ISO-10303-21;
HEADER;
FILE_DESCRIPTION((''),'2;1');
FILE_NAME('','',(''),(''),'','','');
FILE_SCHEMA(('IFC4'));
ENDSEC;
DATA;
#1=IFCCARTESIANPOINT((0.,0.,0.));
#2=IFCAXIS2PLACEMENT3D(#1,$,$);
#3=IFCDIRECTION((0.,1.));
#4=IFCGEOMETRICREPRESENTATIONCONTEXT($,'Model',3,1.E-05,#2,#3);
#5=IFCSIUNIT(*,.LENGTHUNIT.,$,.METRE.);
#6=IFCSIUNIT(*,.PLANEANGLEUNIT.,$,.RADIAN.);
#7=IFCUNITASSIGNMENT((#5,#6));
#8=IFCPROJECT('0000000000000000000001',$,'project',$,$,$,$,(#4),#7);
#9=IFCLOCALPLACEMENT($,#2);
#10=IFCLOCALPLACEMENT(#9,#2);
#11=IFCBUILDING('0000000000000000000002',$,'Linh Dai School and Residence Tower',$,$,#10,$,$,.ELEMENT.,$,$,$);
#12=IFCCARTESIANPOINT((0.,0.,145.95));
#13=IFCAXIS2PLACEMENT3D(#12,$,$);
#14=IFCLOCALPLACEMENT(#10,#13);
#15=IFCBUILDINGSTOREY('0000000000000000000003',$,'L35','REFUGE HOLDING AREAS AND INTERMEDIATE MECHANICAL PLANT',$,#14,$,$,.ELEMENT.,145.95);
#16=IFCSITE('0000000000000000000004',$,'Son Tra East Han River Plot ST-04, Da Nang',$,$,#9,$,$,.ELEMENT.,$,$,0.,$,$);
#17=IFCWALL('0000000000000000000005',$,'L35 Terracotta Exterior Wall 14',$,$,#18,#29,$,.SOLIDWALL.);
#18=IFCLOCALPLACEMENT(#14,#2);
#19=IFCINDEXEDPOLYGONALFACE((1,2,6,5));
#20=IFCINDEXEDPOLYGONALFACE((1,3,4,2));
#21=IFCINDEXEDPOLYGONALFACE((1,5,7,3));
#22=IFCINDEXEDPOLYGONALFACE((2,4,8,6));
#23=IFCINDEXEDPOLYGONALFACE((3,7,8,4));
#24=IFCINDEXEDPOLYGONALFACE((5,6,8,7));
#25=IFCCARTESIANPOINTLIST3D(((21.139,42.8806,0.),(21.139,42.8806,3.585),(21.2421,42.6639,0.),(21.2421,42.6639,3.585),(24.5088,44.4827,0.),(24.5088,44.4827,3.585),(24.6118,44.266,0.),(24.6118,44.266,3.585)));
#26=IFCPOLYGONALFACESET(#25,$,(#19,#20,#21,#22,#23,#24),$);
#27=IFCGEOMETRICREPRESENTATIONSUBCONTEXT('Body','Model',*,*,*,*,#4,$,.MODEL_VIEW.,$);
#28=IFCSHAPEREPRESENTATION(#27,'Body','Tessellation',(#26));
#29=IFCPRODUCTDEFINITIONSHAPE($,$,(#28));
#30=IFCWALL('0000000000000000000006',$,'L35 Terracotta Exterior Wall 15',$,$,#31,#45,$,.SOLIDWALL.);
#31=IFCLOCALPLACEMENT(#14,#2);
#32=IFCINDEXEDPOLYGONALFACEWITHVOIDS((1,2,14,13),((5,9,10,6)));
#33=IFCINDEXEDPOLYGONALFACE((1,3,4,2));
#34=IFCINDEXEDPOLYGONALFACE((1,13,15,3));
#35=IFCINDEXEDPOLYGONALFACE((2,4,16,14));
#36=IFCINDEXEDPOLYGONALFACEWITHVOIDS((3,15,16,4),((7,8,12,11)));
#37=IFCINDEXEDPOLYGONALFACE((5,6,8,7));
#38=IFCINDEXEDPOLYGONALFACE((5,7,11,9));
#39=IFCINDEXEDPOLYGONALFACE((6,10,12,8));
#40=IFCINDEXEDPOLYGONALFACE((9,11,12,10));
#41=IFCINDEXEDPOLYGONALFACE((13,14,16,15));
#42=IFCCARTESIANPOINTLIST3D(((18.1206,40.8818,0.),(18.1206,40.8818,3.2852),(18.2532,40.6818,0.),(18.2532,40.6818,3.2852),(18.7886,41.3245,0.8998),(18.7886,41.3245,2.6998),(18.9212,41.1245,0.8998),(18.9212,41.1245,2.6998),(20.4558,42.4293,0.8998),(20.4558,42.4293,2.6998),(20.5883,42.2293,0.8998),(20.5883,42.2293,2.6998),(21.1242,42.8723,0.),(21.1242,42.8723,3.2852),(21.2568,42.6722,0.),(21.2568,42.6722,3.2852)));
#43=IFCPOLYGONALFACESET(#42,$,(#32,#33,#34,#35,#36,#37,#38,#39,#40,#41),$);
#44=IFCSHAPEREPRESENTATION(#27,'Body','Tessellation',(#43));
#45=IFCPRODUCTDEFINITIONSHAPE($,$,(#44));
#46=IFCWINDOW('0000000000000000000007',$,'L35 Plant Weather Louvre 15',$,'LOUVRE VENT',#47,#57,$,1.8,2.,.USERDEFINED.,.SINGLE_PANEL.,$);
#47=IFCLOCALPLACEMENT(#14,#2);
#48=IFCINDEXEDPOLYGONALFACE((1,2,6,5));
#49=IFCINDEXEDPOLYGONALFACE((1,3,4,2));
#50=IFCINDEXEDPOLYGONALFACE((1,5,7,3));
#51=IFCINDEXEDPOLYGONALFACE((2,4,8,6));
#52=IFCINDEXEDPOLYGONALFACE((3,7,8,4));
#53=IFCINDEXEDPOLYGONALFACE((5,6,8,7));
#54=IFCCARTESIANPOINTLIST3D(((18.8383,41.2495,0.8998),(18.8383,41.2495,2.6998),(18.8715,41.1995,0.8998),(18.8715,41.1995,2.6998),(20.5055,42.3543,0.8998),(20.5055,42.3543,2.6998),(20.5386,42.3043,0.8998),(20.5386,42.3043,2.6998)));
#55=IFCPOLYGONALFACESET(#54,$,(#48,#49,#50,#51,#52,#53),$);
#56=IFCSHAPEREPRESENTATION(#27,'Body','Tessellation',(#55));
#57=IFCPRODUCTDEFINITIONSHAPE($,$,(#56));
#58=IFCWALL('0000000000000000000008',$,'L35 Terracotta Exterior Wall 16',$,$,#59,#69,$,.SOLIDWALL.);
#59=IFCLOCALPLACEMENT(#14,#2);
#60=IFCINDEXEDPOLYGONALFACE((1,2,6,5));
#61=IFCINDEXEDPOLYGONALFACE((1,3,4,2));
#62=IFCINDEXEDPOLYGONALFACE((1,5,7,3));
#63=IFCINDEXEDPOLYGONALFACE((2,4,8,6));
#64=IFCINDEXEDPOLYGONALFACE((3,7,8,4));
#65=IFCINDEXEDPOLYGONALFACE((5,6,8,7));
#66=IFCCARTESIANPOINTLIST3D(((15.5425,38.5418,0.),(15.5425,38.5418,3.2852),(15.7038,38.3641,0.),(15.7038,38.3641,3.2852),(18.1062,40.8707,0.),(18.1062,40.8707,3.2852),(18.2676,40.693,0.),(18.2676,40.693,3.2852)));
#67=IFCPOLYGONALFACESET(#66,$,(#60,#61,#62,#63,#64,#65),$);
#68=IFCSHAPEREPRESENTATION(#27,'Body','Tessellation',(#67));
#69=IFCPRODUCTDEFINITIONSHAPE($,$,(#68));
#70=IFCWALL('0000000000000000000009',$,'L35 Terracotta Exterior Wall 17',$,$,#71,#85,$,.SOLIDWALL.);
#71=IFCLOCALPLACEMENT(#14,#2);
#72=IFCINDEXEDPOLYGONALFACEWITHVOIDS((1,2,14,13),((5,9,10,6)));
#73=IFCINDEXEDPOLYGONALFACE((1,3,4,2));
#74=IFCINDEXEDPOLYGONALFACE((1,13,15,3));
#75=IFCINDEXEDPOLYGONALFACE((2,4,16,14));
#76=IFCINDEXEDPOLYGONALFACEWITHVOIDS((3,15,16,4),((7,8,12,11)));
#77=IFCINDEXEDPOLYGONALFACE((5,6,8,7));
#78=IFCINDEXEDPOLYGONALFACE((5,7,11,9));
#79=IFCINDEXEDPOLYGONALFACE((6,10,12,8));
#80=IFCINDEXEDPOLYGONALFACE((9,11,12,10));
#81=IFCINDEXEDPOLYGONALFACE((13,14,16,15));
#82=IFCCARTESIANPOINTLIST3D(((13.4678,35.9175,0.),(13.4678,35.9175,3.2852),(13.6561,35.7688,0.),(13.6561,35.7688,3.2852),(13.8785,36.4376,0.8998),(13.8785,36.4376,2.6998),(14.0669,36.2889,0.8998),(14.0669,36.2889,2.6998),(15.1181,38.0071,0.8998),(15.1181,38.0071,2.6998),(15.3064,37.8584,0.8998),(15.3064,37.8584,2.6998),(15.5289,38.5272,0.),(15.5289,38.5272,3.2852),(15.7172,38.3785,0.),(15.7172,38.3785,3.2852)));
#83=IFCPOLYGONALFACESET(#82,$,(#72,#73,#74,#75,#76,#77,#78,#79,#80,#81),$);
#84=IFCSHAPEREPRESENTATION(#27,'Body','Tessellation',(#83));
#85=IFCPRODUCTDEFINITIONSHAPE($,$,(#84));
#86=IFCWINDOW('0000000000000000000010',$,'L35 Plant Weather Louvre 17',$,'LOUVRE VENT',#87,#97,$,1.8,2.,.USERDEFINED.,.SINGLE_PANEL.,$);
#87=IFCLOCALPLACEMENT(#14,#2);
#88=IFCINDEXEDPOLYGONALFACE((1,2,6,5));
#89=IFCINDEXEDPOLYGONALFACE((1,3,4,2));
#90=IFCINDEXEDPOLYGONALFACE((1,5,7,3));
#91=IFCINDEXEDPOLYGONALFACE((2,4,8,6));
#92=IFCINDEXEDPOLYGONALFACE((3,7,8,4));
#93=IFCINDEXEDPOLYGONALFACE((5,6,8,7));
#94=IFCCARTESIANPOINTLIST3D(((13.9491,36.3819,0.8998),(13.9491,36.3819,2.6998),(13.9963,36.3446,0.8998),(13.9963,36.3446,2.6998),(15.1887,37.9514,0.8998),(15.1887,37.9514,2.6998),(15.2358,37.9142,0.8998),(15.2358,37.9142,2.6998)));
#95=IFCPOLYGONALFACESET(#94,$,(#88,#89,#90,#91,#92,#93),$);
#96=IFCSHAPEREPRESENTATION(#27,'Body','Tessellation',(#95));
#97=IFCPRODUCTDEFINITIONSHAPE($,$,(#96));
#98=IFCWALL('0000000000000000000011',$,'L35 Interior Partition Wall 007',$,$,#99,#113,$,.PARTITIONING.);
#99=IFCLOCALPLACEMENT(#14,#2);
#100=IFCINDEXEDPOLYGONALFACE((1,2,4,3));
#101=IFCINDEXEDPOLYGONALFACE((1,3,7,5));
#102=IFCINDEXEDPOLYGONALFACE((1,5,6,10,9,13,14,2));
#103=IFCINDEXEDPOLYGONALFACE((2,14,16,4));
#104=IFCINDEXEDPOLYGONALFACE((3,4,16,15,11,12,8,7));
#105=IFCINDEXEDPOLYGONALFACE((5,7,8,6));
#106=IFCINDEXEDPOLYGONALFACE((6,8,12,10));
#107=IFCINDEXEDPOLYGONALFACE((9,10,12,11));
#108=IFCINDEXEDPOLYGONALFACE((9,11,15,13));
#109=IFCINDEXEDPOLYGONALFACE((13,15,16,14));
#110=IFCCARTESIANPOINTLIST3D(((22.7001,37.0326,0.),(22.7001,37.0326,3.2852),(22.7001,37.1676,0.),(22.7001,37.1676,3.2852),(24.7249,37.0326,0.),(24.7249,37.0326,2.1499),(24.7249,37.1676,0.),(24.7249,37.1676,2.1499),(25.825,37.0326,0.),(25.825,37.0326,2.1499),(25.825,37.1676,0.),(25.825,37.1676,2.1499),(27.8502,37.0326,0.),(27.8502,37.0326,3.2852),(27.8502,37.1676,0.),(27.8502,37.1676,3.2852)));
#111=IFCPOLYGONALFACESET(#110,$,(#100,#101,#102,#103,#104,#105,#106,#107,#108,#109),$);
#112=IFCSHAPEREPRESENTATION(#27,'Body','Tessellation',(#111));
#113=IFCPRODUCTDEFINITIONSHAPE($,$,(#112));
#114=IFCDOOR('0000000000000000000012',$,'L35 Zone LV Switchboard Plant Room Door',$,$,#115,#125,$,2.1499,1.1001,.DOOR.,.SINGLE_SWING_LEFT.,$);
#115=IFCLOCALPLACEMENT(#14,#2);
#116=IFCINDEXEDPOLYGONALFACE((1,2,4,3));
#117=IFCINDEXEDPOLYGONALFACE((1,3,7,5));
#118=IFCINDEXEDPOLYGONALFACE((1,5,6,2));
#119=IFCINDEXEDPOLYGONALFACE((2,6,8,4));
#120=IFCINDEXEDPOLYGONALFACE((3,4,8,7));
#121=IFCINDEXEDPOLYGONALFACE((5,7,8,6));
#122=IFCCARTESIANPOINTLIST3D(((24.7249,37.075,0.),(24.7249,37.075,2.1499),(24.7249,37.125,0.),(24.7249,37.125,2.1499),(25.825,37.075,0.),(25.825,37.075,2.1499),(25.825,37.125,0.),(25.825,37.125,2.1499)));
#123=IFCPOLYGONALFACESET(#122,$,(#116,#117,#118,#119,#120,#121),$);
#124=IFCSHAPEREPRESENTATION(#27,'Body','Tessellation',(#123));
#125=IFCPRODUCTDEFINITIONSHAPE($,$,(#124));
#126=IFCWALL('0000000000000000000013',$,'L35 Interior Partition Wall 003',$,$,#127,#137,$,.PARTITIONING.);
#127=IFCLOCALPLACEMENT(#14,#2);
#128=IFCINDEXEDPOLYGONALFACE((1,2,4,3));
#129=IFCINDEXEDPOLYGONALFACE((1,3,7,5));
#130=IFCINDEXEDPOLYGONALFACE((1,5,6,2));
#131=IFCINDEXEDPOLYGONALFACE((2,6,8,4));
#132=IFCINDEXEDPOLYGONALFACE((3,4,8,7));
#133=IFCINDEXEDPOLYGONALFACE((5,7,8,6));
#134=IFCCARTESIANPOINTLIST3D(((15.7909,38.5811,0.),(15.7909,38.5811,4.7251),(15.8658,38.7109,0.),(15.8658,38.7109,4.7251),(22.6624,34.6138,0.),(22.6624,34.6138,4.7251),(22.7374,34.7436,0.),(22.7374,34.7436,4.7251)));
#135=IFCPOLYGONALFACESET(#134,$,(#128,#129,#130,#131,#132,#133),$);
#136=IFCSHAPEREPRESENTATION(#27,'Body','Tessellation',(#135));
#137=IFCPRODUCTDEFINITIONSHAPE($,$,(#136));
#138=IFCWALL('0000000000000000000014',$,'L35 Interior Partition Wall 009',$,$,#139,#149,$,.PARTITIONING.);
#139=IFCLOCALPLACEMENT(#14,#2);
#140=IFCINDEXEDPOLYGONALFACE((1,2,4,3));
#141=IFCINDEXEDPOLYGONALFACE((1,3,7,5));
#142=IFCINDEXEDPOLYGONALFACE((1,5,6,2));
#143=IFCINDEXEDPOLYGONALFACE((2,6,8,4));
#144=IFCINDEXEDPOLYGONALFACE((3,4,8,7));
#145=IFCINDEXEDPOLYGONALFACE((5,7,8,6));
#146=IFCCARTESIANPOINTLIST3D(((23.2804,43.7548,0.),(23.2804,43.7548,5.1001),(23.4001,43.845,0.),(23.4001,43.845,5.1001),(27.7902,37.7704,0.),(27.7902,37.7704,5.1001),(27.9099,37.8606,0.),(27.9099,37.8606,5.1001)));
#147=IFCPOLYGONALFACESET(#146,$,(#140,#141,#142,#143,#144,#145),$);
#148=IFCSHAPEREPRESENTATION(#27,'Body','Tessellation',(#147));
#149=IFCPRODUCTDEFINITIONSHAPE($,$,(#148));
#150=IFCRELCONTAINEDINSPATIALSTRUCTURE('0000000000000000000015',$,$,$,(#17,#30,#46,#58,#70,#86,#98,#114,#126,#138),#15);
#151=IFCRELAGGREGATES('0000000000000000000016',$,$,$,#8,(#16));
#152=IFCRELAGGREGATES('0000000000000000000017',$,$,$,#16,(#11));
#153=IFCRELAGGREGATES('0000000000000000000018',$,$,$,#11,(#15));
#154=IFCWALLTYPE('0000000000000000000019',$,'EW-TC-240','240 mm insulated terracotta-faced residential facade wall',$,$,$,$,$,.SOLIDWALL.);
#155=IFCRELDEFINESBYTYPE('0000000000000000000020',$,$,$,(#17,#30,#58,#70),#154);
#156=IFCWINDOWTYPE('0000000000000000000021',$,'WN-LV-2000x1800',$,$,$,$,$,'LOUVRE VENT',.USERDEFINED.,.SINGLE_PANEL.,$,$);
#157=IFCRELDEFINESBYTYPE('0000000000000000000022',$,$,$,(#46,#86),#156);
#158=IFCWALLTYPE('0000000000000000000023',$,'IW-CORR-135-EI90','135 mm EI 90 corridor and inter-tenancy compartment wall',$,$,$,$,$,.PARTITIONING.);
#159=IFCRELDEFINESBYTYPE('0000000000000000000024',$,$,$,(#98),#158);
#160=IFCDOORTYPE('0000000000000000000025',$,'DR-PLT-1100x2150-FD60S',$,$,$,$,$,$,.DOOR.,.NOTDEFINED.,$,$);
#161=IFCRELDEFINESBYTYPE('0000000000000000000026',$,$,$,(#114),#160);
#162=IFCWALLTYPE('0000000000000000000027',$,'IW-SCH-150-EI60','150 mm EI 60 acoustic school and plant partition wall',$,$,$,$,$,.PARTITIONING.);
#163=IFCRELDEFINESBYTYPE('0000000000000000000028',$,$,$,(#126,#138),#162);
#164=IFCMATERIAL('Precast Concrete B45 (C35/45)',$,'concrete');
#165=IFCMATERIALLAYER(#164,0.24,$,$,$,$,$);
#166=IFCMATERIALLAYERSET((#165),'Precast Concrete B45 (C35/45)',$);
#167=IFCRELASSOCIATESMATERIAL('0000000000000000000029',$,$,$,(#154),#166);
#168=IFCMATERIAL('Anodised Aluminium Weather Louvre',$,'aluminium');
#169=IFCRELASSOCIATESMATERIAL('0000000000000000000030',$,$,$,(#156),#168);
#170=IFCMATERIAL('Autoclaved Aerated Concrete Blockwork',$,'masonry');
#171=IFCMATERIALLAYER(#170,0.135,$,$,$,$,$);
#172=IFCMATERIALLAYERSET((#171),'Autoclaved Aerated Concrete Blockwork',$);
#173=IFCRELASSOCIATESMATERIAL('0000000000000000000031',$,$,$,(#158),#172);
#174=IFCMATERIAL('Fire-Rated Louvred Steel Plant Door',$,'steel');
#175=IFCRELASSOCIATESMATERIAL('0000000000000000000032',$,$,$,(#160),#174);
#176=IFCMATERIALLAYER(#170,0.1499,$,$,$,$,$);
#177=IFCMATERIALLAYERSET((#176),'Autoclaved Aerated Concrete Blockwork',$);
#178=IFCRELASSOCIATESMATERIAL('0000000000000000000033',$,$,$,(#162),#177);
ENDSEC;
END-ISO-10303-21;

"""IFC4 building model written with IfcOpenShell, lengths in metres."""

from ifc_helpers import new_model, si_unit, direction, frame, frame_2d, origin, origin_2d, place, context, subcontext, project, spatial, rectangle, extrude, source, transform, mapped, material, layer, layer_set, type_object, element, fill, save


model = new_model("IFC4")

# Units and contexts
model_context = context("Model", 3, precision=1e-05, world=origin(), true_north=direction((0.0, 1.0)))
body_context = subcontext(model_context, "Body", "Model", "MODEL_VIEW")
ifc_project = project(units=[si_unit("LENGTHUNIT", "METRE"), si_unit("PLANEANGLEUNIT", "RADIAN")], contexts=[model_context])

# Site, building, storey
site_placement = place(None, origin())
site = spatial("IfcSite", under=ifc_project, at=site_placement, Name="Son Tra East Han River Plot ST-04, Da Nang", CompositionType="ELEMENT", RefElevation=0.0)
building_placement = place(site_placement, origin())
building = spatial("IfcBuilding", under=site, at=building_placement, Name="Linh Dai School and Residence Tower", CompositionType="ELEMENT")
storey_placement = place(building_placement, frame((0.0, 0.0, 145.95)))
storey = spatial("IfcBuildingStorey", under=building, at=storey_placement, Name="L35", Description="REFUGE HOLDING AREAS AND INTERMEDIATE MECHANICAL PLANT", CompositionType="ELEMENT", Elevation=145.95)

# Shared definitions
ifc_material_1 = material(Name="Precast Concrete B45 (C35/45)", Category="concrete")
ifc_layer_1 = layer(ifc_material_1, 0.24)
ifc_layer_set_1 = layer_set([ifc_layer_1], Name="Precast Concrete B45 (C35/45)")
wall_type_1 = type_object("IfcWallType", Name="EW-TC-240", Description="240 mm insulated terracotta-faced residential facade wall", PredefinedType="SOLIDWALL", material=ifc_layer_set_1)
ifc_material_2 = material(Name="Anodised Aluminium Weather Louvre", Category="aluminium")
window_type = type_object("IfcWindowType", Name="WN-LV-2000x1800", ElementType="LOUVRE VENT", PartitioningType="SINGLE_PANEL", PredefinedType="USERDEFINED", material=ifc_material_2)
shared_shape_1 = source(origin(), body_context, "Body", "SweptSolid", [
    extrude(rectangle(XDim=2.0, YDim=1.8, at=origin_2d()), frame((1.0, 0.03, 0.8999), z_axis=(0.0, -1.0, 0.0), x_axis=(1.0, 0.0, 0.0)), (0.0, 0.0, 1.0), 0.0601),
])

# Wall
wall_1_placement = place(storey_placement, frame((21.1904, 42.7722, 0.0), z_axis=(0.0, 0.0, 1.0), x_axis=(0.903124, 0.42938, 0.0)))
element("IfcWall", 1, at=wall_1_placement, inside=storey, type_object=wall_type_1, Name="L35 Terracotta Exterior Wall 14", PredefinedType="SOLIDWALL", context=body_context, shape_type="SweptSolid", body=[
    extrude(rectangle(XDim=3.7312, YDim=0.24, at=frame_2d((1.8657, 0.0))), origin(), (0.0, 0.0, 1.0), 3.585),
])

# Wall, opening, window
wall_2_placement = place(storey_placement, frame((18.1868, 40.7817, 0.0), z_axis=(0.0, 0.0, 1.0), x_axis=(0.833579, 0.5524, 0.0)))
wall_2 = element("IfcWall", 2, at=wall_2_placement, inside=storey, type_object=wall_type_1, Name="L35 Terracotta Exterior Wall 15", PredefinedType="SOLIDWALL", context=body_context, shape_type="SweptSolid", body=[
    extrude(rectangle(XDim=3.6033, YDim=0.24, at=frame_2d((1.8018, 0.0))), origin(), (0.0, 0.0, 1.0), 3.2852),
])
opening_1_placement = place(wall_2_placement, frame((0.8015, 0.0, 0.8999)))
opening_1 = element("IfcOpeningElement", 3, at=opening_1_placement, cuts=wall_2, PredefinedType="OPENING", context=body_context, shape_type="SweptSolid", body=[
    extrude(rectangle(XDim=2.0, YDim=1.8, at=origin_2d()), frame((1.0, 0.1299, 0.8999), z_axis=(0.0, -1.0, 0.0), x_axis=(1.0, 0.0, 0.0)), (0.0, 0.0, 1.0), 0.26),
])
window_1_placement = place(opening_1_placement, origin())
window_1 = element("IfcWindow", 4, at=window_1_placement, inside=storey, type_object=window_type, Name="L35 Plant Weather Louvre 15", ObjectType="LOUVRE VENT", OverallHeight=1.8, OverallWidth=2.0, PartitioningType="SINGLE_PANEL", PredefinedType="USERDEFINED", context=body_context, shape_type="MappedRepresentation", body=[
    mapped(shared_shape_1, transform((0.0, 0.0, 0.0), x_axis=(1.0, 0.0, 0.0), y_axis=(0.0, 1.0, 0.0), z_axis=(0.0, 0.0, 1.0), scale=1.0)),
])
fill(opening_1, window_1)

# Wall
wall_3_placement = place(storey_placement, frame((15.623, 38.4529, 0.0), z_axis=(0.0, 0.0, 1.0), x_axis=(0.740198, 0.672389, 0.0)))
element("IfcWall", 5, at=wall_3_placement, inside=storey, type_object=wall_type_1, Name="L35 Terracotta Exterior Wall 16", PredefinedType="SOLIDWALL", context=body_context, shape_type="SweptSolid", body=[
    extrude(rectangle(XDim=3.4636, YDim=0.24, at=frame_2d((1.7319, 0.0))), origin(), (0.0, 0.0, 1.0), 3.2852),
])

# Wall, opening, window
wall_4_placement = place(storey_placement, frame((13.562, 35.8433, 0.0), z_axis=(0.0, 0.0, 1.0), x_axis=(0.619794, 0.784764, 0.0)))
wall_4 = element("IfcWall", 6, at=wall_4_placement, inside=storey, type_object=wall_type_1, Name="L35 Terracotta Exterior Wall 17", PredefinedType="SOLIDWALL", context=body_context, shape_type="SweptSolid", body=[
    extrude(rectangle(XDim=3.3254, YDim=0.24, at=frame_2d((1.6626, 0.0))), origin(), (0.0, 0.0, 1.0), 3.2852),
])
opening_2_placement = place(wall_4_placement, frame((0.6626, 0.0, 0.8999)))
opening_2 = element("IfcOpeningElement", 7, at=opening_2_placement, cuts=wall_4, PredefinedType="OPENING", context=body_context, shape_type="SweptSolid", body=[
    extrude(rectangle(XDim=2.0, YDim=1.8, at=origin_2d()), frame((1.0, 0.1299, 0.8999), z_axis=(0.0, -1.0, 0.0), x_axis=(1.0, 0.0, 0.0)), (0.0, 0.0, 1.0), 0.26),
])
window_2_placement = place(opening_2_placement, origin())
window_2 = element("IfcWindow", 8, at=window_2_placement, inside=storey, type_object=window_type, Name="L35 Plant Weather Louvre 17", ObjectType="LOUVRE VENT", OverallHeight=1.8, OverallWidth=2.0, PartitioningType="SINGLE_PANEL", PredefinedType="USERDEFINED", context=body_context, shape_type="MappedRepresentation", body=[
    mapped(shared_shape_1, transform((0.0, 0.0, 0.0), x_axis=(1.0, 0.0, 0.0), y_axis=(0.0, 1.0, 0.0), z_axis=(0.0, 0.0, 1.0), scale=1.0)),
])
fill(opening_2, window_2)

# Wall, opening, door
ifc_material_3 = material(Name="Autoclaved Aerated Concrete Blockwork", Category="masonry")
ifc_layer_2 = layer(ifc_material_3, 0.135)
ifc_layer_set_2 = layer_set([ifc_layer_2], Name="Autoclaved Aerated Concrete Blockwork")
wall_type_2 = type_object("IfcWallType", Name="IW-CORR-135-EI90", Description="135 mm EI 90 corridor and inter-tenancy compartment wall", PredefinedType="PARTITIONING", material=ifc_layer_set_2)
wall_5_placement = place(storey_placement, frame((22.7, 37.1001, 0.0), z_axis=(0.0, 0.0, 1.0), x_axis=(1.0, 0.0, 0.0)))
wall_5 = element("IfcWall", 9, at=wall_5_placement, inside=storey, type_object=wall_type_2, Name="L35 Interior Partition Wall 007", PredefinedType="PARTITIONING", context=body_context, shape_type="SweptSolid", body=[
    extrude(rectangle(XDim=5.1501, YDim=0.135, at=frame_2d((2.5752, 0.0))), origin(), (0.0, 0.0, 1.0), 3.2852),
])
opening_3_placement = place(wall_5_placement, frame((2.0249, 0.0, 0.0)))
opening_3 = element("IfcOpeningElement", 10, at=opening_3_placement, cuts=wall_5, PredefinedType="OPENING", context=body_context, shape_type="SweptSolid", body=[
    extrude(rectangle(XDim=1.1001, YDim=2.1499, at=origin_2d()), frame((0.55, 0.0776, 1.075), z_axis=(0.0, -1.0, 0.0), x_axis=(1.0, 0.0, 0.0)), (0.0, 0.0, 1.0), 0.155),
])
ifc_material_4 = material(Name="Fire-Rated Louvred Steel Plant Door", Category="steel")
door_type = type_object("IfcDoorType", Name="DR-PLT-1100x2150-FD60S", OperationType="NOTDEFINED", PredefinedType="DOOR", material=ifc_material_4)
shared_shape_2 = source(origin(), body_context, "Body", "SweptSolid", [
    extrude(rectangle(XDim=1.1001, YDim=2.1499, at=origin_2d()), frame((0.55, 0.0249, 1.075), z_axis=(0.0, -1.0, 0.0), x_axis=(1.0, 0.0, 0.0)), (0.0, 0.0, 1.0), 0.05),
])
door_placement = place(opening_3_placement, origin())
door = element("IfcDoor", 11, at=door_placement, inside=storey, type_object=door_type, Name="L35 Zone LV Switchboard Plant Room Door", OperationType="SINGLE_SWING_LEFT", OverallHeight=2.1499, OverallWidth=1.1001, PredefinedType="DOOR", context=body_context, shape_type="MappedRepresentation", body=[
    mapped(shared_shape_2, transform((0.0, 0.0, 0.0), x_axis=(1.0, 0.0, 0.0), y_axis=(0.0, 1.0, 0.0), z_axis=(0.0, 0.0, 1.0), scale=1.0)),
])
fill(opening_3, door)

# Walls
ifc_layer_3 = layer(ifc_material_3, 0.1499)
ifc_layer_set_3 = layer_set([ifc_layer_3], Name="Autoclaved Aerated Concrete Blockwork")
wall_type_3 = type_object("IfcWallType", Name="IW-SCH-150-EI60", Description="150 mm EI 60 acoustic school and plant partition wall", PredefinedType="PARTITIONING", material=ifc_layer_set_3)
wall_6_placement = place(storey_placement, frame((15.8284, 38.646, 0.0), z_axis=(0.0, 0.0, 1.0), x_axis=(0.866027, -0.499998, 0.0)))
element("IfcWall", 12, at=wall_6_placement, inside=storey, type_object=wall_type_3, Name="L35 Interior Partition Wall 003", PredefinedType="PARTITIONING", context=body_context, shape_type="SweptSolid", body=[
    extrude(rectangle(XDim=7.9346, YDim=0.1499, at=frame_2d((3.9673, 0.0))), origin(), (0.0, 0.0, 1.0), 4.7251),
])
wall_7_placement = place(storey_placement, frame((23.3403, 43.7998, 0.0), z_axis=(0.0, 0.0, 1.0), x_axis=(0.601833, -0.798622, 0.0)))
element("IfcWall", 13, at=wall_7_placement, inside=storey, type_object=wall_type_3, Name="L35 Interior Partition Wall 009", PredefinedType="PARTITIONING", context=body_context, shape_type="SweptSolid", body=[
    extrude(rectangle(XDim=7.4934, YDim=0.1499, at=frame_2d((3.7466, 0.0))), origin(), (0.0, 0.0, 1.0), 5.1001),
])

save(model, "model.ifc")
